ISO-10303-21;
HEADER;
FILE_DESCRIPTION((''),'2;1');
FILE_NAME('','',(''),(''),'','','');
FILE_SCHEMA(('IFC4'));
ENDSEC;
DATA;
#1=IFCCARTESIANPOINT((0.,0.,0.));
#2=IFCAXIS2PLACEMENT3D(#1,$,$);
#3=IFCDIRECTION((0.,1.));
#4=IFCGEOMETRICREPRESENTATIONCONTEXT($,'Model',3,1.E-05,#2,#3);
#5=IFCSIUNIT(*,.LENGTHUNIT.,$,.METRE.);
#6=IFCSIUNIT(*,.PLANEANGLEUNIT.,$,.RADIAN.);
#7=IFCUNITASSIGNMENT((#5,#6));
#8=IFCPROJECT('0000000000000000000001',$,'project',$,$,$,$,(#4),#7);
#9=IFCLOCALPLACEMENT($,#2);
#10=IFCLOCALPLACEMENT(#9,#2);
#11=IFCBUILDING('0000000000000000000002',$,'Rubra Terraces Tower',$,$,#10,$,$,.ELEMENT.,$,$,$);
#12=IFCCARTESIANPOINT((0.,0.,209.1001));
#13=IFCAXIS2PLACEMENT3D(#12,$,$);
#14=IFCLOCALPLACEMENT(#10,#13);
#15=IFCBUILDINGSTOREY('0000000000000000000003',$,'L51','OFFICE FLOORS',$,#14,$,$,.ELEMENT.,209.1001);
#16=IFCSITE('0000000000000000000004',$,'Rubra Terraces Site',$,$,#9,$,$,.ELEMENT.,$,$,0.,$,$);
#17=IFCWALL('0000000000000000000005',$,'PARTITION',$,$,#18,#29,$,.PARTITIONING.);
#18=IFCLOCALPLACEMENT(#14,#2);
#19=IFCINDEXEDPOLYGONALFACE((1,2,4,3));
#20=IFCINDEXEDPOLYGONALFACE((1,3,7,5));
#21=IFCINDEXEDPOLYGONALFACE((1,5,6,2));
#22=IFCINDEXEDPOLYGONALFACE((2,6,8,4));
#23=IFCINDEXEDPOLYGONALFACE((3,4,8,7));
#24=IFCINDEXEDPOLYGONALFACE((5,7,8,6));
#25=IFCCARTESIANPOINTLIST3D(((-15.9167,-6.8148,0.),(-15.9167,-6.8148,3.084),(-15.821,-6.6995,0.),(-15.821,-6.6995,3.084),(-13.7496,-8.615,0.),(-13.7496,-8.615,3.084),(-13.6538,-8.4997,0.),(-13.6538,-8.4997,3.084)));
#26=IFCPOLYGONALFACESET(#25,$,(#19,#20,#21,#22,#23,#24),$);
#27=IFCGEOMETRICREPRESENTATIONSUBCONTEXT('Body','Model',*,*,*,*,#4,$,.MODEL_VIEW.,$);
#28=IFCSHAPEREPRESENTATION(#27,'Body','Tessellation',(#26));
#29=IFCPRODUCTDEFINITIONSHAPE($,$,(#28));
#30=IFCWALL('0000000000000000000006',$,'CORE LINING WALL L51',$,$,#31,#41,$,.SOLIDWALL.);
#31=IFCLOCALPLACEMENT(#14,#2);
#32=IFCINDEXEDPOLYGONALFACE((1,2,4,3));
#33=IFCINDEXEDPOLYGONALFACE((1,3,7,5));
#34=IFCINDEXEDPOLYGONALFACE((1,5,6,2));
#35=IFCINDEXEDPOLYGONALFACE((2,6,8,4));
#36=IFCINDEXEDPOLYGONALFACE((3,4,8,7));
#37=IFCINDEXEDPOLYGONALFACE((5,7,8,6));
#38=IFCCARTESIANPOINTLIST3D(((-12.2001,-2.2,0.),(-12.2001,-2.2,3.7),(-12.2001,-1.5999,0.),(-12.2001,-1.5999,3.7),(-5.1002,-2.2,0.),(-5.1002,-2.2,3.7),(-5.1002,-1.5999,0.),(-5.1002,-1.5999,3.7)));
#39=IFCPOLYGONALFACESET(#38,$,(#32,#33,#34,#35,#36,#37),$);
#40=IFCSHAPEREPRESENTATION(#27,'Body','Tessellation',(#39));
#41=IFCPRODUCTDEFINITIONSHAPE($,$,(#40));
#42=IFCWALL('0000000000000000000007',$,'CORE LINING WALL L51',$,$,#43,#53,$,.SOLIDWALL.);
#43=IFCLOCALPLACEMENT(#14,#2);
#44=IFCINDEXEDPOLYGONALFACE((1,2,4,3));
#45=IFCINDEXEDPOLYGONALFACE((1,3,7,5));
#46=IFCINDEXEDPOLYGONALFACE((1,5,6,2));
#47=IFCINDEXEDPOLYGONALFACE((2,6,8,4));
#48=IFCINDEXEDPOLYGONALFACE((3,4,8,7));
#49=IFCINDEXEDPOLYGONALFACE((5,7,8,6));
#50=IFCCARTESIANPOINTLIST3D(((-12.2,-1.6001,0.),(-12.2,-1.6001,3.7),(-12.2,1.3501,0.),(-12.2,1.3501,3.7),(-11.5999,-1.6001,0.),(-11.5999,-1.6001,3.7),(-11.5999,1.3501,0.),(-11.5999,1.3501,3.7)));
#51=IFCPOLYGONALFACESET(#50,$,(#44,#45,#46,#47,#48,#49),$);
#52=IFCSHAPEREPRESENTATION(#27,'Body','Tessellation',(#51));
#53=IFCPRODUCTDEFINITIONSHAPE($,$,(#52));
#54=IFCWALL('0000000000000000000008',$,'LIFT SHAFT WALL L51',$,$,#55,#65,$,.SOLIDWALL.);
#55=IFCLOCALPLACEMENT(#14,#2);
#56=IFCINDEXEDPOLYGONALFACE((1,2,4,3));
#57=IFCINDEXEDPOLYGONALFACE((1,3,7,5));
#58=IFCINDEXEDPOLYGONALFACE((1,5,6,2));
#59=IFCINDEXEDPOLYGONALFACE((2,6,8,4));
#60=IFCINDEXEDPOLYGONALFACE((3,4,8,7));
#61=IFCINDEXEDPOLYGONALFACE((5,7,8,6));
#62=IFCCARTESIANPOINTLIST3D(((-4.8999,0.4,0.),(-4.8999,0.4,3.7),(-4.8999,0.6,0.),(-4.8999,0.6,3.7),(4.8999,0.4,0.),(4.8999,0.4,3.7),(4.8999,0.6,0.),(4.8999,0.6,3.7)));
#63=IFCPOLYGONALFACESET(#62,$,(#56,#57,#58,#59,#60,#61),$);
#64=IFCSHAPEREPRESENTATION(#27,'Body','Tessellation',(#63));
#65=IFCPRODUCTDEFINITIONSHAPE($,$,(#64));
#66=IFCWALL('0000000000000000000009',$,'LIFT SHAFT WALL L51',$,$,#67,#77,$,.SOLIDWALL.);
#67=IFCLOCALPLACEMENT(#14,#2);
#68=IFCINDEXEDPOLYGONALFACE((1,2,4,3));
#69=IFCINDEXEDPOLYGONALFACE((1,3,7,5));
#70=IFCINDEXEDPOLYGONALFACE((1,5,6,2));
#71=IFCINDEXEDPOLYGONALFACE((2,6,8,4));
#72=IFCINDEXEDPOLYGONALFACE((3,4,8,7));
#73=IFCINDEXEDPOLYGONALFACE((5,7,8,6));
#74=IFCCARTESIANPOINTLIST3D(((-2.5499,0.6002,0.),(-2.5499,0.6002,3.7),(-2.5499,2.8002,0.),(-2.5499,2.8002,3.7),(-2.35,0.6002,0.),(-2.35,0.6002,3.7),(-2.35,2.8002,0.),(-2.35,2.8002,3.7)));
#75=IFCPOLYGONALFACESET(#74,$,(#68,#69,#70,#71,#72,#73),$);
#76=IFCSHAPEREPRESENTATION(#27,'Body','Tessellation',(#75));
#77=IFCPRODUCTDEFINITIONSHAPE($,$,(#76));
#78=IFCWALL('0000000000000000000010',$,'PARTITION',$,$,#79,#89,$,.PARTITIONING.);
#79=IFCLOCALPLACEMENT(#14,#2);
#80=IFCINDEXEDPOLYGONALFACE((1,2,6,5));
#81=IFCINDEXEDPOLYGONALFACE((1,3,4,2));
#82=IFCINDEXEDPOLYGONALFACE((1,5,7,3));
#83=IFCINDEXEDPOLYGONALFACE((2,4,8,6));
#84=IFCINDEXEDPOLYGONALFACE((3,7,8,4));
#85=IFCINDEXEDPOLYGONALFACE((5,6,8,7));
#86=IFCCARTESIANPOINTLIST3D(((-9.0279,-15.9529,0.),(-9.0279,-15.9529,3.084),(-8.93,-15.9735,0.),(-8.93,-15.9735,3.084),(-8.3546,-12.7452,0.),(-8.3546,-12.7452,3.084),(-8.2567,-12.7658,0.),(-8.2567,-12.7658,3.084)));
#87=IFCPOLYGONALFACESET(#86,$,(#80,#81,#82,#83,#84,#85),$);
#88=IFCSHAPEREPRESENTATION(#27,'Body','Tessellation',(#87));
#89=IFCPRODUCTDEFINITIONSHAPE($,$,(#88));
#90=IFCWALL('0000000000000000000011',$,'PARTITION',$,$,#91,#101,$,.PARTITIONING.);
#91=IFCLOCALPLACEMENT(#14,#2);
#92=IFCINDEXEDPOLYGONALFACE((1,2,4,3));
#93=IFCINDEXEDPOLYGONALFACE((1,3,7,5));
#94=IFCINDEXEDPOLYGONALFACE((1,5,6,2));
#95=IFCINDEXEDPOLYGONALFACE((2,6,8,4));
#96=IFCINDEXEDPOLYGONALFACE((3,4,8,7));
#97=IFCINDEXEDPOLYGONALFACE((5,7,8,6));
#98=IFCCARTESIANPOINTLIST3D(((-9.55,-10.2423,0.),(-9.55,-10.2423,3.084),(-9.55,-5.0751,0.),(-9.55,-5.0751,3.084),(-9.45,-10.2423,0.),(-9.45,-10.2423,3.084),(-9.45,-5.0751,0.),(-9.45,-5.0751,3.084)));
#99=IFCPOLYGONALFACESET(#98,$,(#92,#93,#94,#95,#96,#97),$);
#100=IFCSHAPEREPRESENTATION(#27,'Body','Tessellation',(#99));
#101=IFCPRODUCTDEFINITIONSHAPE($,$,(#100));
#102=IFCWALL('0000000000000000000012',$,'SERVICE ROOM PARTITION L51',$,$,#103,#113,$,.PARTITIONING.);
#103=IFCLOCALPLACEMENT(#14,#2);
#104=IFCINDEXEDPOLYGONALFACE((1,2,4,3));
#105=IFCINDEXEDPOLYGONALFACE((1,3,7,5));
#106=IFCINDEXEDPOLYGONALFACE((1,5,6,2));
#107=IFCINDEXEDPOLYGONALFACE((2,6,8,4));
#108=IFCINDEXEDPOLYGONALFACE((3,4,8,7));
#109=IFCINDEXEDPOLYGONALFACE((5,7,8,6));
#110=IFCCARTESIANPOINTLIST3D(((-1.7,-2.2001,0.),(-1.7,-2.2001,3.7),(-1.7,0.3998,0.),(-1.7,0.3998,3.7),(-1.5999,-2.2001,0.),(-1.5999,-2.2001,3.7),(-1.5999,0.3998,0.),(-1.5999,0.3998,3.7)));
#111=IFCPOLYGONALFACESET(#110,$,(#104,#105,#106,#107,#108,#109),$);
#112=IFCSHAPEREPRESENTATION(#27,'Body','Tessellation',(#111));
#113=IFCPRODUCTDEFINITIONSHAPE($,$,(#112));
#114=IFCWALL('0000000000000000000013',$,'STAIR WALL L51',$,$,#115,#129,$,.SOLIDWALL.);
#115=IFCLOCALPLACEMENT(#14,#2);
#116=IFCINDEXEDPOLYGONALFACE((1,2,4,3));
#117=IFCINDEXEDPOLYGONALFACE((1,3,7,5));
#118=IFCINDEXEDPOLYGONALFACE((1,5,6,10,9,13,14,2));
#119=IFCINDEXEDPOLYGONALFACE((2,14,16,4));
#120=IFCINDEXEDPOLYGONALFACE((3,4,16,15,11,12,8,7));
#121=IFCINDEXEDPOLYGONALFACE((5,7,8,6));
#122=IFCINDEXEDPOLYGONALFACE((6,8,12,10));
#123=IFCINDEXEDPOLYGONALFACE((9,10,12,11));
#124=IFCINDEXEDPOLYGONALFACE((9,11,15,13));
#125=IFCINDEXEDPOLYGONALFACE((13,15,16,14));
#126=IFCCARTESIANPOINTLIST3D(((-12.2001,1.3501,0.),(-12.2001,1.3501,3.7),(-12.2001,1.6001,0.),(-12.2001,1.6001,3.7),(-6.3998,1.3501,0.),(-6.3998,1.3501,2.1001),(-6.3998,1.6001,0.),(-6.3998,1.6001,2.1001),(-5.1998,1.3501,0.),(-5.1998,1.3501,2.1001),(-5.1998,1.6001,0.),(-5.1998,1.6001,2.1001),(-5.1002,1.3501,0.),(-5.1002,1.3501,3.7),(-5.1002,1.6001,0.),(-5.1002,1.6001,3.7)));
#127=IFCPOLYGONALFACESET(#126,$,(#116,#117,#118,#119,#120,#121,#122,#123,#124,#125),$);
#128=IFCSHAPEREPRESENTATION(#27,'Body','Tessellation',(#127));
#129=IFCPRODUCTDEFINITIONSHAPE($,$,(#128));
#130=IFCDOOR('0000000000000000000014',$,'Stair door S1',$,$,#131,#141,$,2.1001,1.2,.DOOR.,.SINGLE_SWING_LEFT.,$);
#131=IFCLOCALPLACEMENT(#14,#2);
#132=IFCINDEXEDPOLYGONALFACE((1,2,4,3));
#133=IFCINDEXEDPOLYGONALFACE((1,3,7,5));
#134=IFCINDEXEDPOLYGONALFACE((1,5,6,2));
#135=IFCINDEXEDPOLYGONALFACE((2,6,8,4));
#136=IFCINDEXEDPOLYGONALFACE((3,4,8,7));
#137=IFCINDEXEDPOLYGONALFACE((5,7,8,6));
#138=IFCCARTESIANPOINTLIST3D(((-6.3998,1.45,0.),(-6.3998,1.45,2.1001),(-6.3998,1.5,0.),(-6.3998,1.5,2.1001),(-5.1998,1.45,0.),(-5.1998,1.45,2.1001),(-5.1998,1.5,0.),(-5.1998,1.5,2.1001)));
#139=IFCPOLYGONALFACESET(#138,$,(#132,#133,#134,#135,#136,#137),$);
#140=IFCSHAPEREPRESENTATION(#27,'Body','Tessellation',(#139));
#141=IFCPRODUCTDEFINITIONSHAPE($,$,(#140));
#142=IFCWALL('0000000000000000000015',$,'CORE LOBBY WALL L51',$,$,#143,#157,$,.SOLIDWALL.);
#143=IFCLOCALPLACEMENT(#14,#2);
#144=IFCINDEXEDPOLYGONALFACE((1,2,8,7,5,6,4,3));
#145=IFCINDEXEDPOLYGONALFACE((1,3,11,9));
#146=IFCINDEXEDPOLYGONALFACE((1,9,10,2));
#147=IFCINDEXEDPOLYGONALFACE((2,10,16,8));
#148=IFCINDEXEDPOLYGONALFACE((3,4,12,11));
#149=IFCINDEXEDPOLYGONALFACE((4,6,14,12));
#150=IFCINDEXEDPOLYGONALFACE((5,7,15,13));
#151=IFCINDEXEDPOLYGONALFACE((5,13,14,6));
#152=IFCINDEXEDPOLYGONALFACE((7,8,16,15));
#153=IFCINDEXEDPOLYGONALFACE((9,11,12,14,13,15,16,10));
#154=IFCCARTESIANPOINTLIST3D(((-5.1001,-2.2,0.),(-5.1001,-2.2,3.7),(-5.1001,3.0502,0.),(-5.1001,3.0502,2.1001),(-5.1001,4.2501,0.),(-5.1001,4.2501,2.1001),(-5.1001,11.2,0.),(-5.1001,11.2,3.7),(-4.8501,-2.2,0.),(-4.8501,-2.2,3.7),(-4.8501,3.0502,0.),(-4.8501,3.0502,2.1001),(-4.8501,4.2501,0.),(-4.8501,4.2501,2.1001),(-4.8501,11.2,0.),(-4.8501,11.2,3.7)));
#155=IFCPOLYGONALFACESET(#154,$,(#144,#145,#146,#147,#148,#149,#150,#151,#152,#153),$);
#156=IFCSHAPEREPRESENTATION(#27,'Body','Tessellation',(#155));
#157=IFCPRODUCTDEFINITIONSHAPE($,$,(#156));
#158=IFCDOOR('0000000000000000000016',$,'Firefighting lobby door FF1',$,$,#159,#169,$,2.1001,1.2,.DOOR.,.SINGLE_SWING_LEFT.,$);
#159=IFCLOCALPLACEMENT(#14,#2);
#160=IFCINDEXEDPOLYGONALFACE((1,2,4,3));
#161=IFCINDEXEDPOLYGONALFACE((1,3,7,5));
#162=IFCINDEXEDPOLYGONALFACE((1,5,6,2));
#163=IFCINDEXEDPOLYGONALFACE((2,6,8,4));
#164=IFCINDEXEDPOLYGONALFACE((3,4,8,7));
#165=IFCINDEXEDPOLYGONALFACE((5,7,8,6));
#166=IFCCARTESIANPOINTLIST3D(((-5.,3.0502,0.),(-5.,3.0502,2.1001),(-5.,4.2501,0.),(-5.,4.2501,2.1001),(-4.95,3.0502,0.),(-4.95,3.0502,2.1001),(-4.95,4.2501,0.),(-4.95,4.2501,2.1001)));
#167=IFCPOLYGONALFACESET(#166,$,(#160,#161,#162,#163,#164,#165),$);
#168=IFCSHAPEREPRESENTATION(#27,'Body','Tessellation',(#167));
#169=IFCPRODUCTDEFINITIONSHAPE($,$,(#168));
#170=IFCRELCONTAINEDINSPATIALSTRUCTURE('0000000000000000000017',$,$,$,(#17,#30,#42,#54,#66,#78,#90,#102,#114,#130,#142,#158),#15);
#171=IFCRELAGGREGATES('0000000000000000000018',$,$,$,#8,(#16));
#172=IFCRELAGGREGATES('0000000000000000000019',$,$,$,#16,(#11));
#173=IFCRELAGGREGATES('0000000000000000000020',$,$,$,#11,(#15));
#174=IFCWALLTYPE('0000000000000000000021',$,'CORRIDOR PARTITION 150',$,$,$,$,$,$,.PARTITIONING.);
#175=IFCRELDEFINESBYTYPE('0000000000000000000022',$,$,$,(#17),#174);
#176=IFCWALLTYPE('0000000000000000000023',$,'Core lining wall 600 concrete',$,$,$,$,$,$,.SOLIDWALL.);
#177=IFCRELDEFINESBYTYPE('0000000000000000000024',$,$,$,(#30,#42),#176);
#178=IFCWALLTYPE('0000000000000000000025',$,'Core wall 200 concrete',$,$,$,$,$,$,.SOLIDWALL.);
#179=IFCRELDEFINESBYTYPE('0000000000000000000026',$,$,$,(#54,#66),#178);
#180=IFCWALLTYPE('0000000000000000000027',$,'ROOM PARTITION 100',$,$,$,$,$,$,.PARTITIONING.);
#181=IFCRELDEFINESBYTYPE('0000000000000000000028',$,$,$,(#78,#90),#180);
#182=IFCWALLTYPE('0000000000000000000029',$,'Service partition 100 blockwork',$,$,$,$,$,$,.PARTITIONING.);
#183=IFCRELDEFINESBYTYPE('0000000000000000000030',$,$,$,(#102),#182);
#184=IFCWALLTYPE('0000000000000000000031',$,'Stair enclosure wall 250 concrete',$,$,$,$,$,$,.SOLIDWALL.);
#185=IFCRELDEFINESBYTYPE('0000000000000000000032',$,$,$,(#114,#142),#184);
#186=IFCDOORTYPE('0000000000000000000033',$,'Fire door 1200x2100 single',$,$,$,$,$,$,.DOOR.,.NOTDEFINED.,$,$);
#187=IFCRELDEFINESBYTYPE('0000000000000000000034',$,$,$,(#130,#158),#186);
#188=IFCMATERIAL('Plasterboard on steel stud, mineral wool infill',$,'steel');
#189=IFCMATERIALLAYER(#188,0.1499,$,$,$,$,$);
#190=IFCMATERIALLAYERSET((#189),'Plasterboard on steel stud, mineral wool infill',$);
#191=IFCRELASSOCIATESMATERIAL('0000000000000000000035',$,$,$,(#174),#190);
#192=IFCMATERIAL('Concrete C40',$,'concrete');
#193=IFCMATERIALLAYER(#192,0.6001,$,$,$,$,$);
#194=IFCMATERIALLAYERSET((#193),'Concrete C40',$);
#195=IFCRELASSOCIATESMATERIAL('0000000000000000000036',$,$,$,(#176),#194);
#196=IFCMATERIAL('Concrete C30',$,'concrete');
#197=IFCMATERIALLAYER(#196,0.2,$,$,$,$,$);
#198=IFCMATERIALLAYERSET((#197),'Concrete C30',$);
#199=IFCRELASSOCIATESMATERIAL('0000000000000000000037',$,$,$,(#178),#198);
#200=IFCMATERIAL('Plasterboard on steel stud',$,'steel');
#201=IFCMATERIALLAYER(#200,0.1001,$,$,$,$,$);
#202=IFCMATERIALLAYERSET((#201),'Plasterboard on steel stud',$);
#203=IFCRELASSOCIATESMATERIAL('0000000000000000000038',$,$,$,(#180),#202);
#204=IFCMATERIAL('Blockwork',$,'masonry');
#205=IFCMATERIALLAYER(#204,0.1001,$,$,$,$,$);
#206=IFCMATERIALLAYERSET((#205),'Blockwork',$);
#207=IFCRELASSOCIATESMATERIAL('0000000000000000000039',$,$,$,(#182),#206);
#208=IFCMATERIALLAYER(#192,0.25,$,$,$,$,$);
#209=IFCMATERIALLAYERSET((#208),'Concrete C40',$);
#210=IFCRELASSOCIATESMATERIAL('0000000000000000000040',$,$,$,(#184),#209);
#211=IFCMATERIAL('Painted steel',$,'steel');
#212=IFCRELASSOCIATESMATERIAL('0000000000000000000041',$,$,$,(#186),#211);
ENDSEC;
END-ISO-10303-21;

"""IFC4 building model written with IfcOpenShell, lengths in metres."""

from ifc_helpers import new_model, si_unit, direction, frame, frame_2d, origin, place, context, subcontext, project, spatial, rectangle, extrude, material, layer, layer_set, type_object, element, fill, save


model = new_model("IFC4")

# Units and contexts
model_context = context("Model", 3, precision=1e-05, world=origin(), true_north=direction((0.0, 1.0)))
body_context = subcontext(model_context, "Body", "Model", "MODEL_VIEW")
ifc_project = project(units=[si_unit("LENGTHUNIT", "METRE"), si_unit("PLANEANGLEUNIT", "RADIAN")], contexts=[model_context])

# Site, building, storey
site_placement = place(None, origin())
site = spatial("IfcSite", under=ifc_project, at=site_placement, Name="Rubra Terraces Site", CompositionType="ELEMENT", RefElevation=0.0)
building_placement = place(site_placement, origin())
building = spatial("IfcBuilding", under=site, at=building_placement, Name="Rubra Terraces Tower", CompositionType="ELEMENT")
storey_placement = place(building_placement, frame((0.0, 0.0, 209.1001)))
storey = spatial("IfcBuildingStorey", under=building, at=storey_placement, Name="L51", Description="OFFICE FLOORS", CompositionType="ELEMENT", Elevation=209.1001)

# Shared definitions
ifc_material_1 = material(Name="Painted steel", Category="steel")

# Shared definitions
ifc_material_2 = material(Name="Plasterboard on steel stud, mineral wool infill", Category="steel")
ifc_layer_1 = layer(ifc_material_2, 0.1499)
ifc_layer_set_1 = layer_set([ifc_layer_1], Name="Plasterboard on steel stud, mineral wool infill")
wall_type_1 = type_object("IfcWallType", Name="CORRIDOR PARTITION 150", PredefinedType="PARTITIONING", material=ifc_layer_set_1)

# Walls
wall_1_placement = place(storey_placement, frame((-13.7017, -8.5574, 0.0), z_axis=(0.0, 0.0, 1.0), x_axis=(-0.769222, 0.638982, 0.0)))
element("IfcWall", 1, at=wall_1_placement, inside=storey, type_object=wall_type_1, Name="PARTITION", PredefinedType="PARTITIONING", context=body_context, shape_type="SweptSolid", body=[
    extrude(rectangle(XDim=2.8174, YDim=0.1499, at=frame_2d((1.4087, 0.0))), origin(), (0.0, 0.0, 1.0), 3.084),
])
ifc_material_3 = material(Name="Concrete C40", Category="concrete")
ifc_layer_2 = layer(ifc_material_3, 0.6001)
ifc_layer_set_2 = layer_set([ifc_layer_2], Name="Concrete C40")
wall_type_2 = type_object("IfcWallType", Name="Core lining wall 600 concrete", PredefinedType="SOLIDWALL", material=ifc_layer_set_2)
wall_2_placement = place(storey_placement, frame((-12.2, -1.8999, 0.0), z_axis=(0.0, 0.0, 1.0), x_axis=(1.0, 0.0, 0.0)))
element("IfcWall", 2, at=wall_2_placement, inside=storey, type_object=wall_type_2, Name="CORE LINING WALL L51", PredefinedType="SOLIDWALL", context=body_context, shape_type="SweptSolid", body=[
    extrude(rectangle(XDim=7.0999, YDim=0.6001, at=frame_2d((3.5498, 0.0))), origin(), (0.0, 0.0, 1.0), 3.7),
])
wall_3_placement = place(storey_placement, frame((-11.8999, -1.6001, 0.0), z_axis=(0.0, 0.0, 1.0), x_axis=(0.0, 1.0, 0.0)))
element("IfcWall", 3, at=wall_3_placement, inside=storey, type_object=wall_type_2, Name="CORE LINING WALL L51", PredefinedType="SOLIDWALL", context=body_context, shape_type="SweptSolid", body=[
    extrude(rectangle(XDim=2.9502, YDim=0.6001, at=frame_2d((1.4751, 0.0))), origin(), (0.0, 0.0, 1.0), 3.7),
])
ifc_material_4 = material(Name="Concrete C30", Category="concrete")
ifc_layer_3 = layer(ifc_material_4, 0.2)
ifc_layer_set_3 = layer_set([ifc_layer_3], Name="Concrete C30")
wall_type_3 = type_object("IfcWallType", Name="Core wall 200 concrete", PredefinedType="SOLIDWALL", material=ifc_layer_set_3)
wall_4_placement = place(storey_placement, frame((-4.8999, 0.5, 0.0), z_axis=(0.0, 0.0, 1.0), x_axis=(1.0, 0.0, 0.0)))
element("IfcWall", 4, at=wall_4_placement, inside=storey, type_object=wall_type_3, Name="LIFT SHAFT WALL L51", PredefinedType="SOLIDWALL", context=body_context, shape_type="SweptSolid", body=[
    extrude(rectangle(XDim=9.7998, YDim=0.2, at=frame_2d((4.8999, 0.0))), origin(), (0.0, 0.0, 1.0), 3.7),
])
wall_5_placement = place(storey_placement, frame((-2.45, 0.6001, 0.0), z_axis=(0.0, 0.0, 1.0), x_axis=(0.0, 1.0, 0.0)))
element("IfcWall", 5, at=wall_5_placement, inside=storey, type_object=wall_type_3, Name="LIFT SHAFT WALL L51", PredefinedType="SOLIDWALL", context=body_context, shape_type="SweptSolid", body=[
    extrude(rectangle(XDim=2.2, YDim=0.2, at=frame_2d((1.1001, 0.0))), origin(), (0.0, 0.0, 1.0), 3.7),
])
ifc_material_5 = material(Name="Plasterboard on steel stud", Category="steel")
ifc_layer_4 = layer(ifc_material_5, 0.1001)
ifc_layer_set_4 = layer_set([ifc_layer_4], Name="Plasterboard on steel stud")
wall_type_4 = type_object("IfcWallType", Name="ROOM PARTITION 100", PredefinedType="PARTITIONING", material=ifc_layer_set_4)
wall_6_placement = place(storey_placement, frame((-8.3057, -12.7556, 0.0), z_axis=(0.0, 0.0, 1.0), x_axis=(-0.205432, -0.978671, 0.0)))
element("IfcWall", 6, at=wall_6_placement, inside=storey, type_object=wall_type_4, Name="PARTITION", PredefinedType="PARTITIONING", context=body_context, shape_type="SweptSolid", body=[
    extrude(rectangle(XDim=3.2776, YDim=0.1001, at=frame_2d((1.6387, 0.0))), origin(), (0.0, 0.0, 1.0), 3.084),
])
wall_7_placement = place(storey_placement, frame((-9.5, -10.2422, 0.0), z_axis=(0.0, 0.0, 1.0), x_axis=(0.0, 1.0, 0.0)))
element("IfcWall", 7, at=wall_7_placement, inside=storey, type_object=wall_type_4, Name="PARTITION", PredefinedType="PARTITIONING", context=body_context, shape_type="SweptSolid", body=[
    extrude(rectangle(XDim=5.1672, YDim=0.1001, at=frame_2d((2.5835, 0.0))), origin(), (0.0, 0.0, 1.0), 3.084),
])
ifc_material_6 = material(Name="Blockwork", Category="masonry")
ifc_layer_5 = layer(ifc_material_6, 0.1001)
ifc_layer_set_5 = layer_set([ifc_layer_5], Name="Blockwork")
wall_type_5 = type_object("IfcWallType", Name="Service partition 100 blockwork", PredefinedType="PARTITIONING", material=ifc_layer_set_5)
wall_8_placement = place(storey_placement, frame((-1.6499, -2.2, 0.0), z_axis=(0.0, 0.0, 1.0), x_axis=(0.0, 1.0, 0.0)))
element("IfcWall", 8, at=wall_8_placement, inside=storey, type_object=wall_type_5, Name="SERVICE ROOM PARTITION L51", PredefinedType="PARTITIONING", context=body_context, shape_type="SweptSolid", body=[
    extrude(rectangle(XDim=2.5999, YDim=0.1001, at=frame_2d((1.2998, 0.0))), origin(), (0.0, 0.0, 1.0), 3.7),
])

# Walls, openings, doors
ifc_layer_6 = layer(ifc_material_3, 0.25)
ifc_layer_set_6 = layer_set([ifc_layer_6], Name="Concrete C40")
wall_type_6 = type_object("IfcWallType", Name="Stair enclosure wall 250 concrete", PredefinedType="SOLIDWALL", material=ifc_layer_set_6)
wall_9_placement = place(storey_placement, frame((-12.2, 1.4751, 0.0), z_axis=(0.0, 0.0, 1.0), x_axis=(1.0, 0.0, 0.0)))
wall_9 = element("IfcWall", 9, at=wall_9_placement, inside=storey, type_object=wall_type_6, Name="STAIR WALL L51", PredefinedType="SOLIDWALL", context=body_context, shape_type="SweptSolid", body=[
    extrude(rectangle(XDim=7.0999, YDim=0.25, at=frame_2d((3.5498, 0.0))), origin(), (0.0, 0.0, 1.0), 3.7),
])
opening_1_placement = place(wall_9_placement, frame((5.8, 0.0, 0.0)))
opening_1 = element("IfcOpeningElement", 10, at=opening_1_placement, cuts=wall_9, PredefinedType="OPENING", context=body_context, shape_type="SweptSolid", body=[
    extrude(rectangle(XDim=1.2, YDim=2.1001, at=frame_2d((0.6001, 1.05))), frame((0.0, 0.135, 0.0), z_axis=(0.0, -1.0, 0.0), x_axis=(1.0, 0.0, 0.0)), (0.0, 0.0, 1.0), 0.27),
])
door_type_1 = type_object("IfcDoorType", Name="Fire door 1200x2100 single", OperationType="NOTDEFINED", PredefinedType="DOOR", material=ifc_material_1)
door_1_placement = place(opening_1_placement, origin())
door_1 = element("IfcDoor", 11, at=door_1_placement, inside=storey, type_object=door_type_1, Name="Stair door S1", OperationType="SINGLE_SWING_LEFT", OverallHeight=2.1001, OverallWidth=1.2, PredefinedType="DOOR", context=body_context, shape_type="SweptSolid", body=[
    extrude(rectangle(XDim=1.2, YDim=2.1001, at=frame_2d((0.6001, 1.05))), frame((0.0, 0.0249, 0.0), z_axis=(0.0, -1.0, 0.0), x_axis=(1.0, 0.0, 0.0)), (0.0, 0.0, 1.0), 0.05),
])
fill(opening_1, door_1)
wall_10_placement = place(storey_placement, frame((-4.9751, -2.2, 0.0), z_axis=(0.0, 0.0, 1.0), x_axis=(0.0, 1.0, 0.0)))
wall_10 = element("IfcWall", 12, at=wall_10_placement, inside=storey, type_object=wall_type_6, Name="CORE LOBBY WALL L51", PredefinedType="SOLIDWALL", context=body_context, shape_type="SweptSolid", body=[
    extrude(rectangle(XDim=13.3999, YDim=0.25, at=frame_2d((6.7, 0.0))), origin(), (0.0, 0.0, 1.0), 3.7),
])
opening_2_placement = place(wall_10_placement, frame((5.25, 0.0, 0.0)))
opening_2 = element("IfcOpeningElement", 13, at=opening_2_placement, cuts=wall_10, PredefinedType="OPENING", context=body_context, shape_type="SweptSolid", body=[
    extrude(rectangle(XDim=1.2, YDim=2.1001, at=frame_2d((0.6001, 1.05))), frame((0.0, 0.135, 0.0), z_axis=(0.0, -1.0, 0.0), x_axis=(1.0, 0.0, 0.0)), (0.0, 0.0, 1.0), 0.27),
])
door_2_placement = place(opening_2_placement, origin())
door_2 = element("IfcDoor", 14, at=door_2_placement, inside=storey, type_object=door_type_1, Name="Firefighting lobby door FF1", OperationType="SINGLE_SWING_LEFT", OverallHeight=2.1001, OverallWidth=1.2, PredefinedType="DOOR", context=body_context, shape_type="SweptSolid", body=[
    extrude(rectangle(XDim=1.2, YDim=2.1001, at=frame_2d((0.6001, 1.05))), frame((0.0, 0.0249, 0.0), z_axis=(0.0, -1.0, 0.0), x_axis=(1.0, 0.0, 0.0)), (0.0, 0.0, 1.0), 0.05),
])
fill(opening_2, door_2)

save(model, "model.ifc")
